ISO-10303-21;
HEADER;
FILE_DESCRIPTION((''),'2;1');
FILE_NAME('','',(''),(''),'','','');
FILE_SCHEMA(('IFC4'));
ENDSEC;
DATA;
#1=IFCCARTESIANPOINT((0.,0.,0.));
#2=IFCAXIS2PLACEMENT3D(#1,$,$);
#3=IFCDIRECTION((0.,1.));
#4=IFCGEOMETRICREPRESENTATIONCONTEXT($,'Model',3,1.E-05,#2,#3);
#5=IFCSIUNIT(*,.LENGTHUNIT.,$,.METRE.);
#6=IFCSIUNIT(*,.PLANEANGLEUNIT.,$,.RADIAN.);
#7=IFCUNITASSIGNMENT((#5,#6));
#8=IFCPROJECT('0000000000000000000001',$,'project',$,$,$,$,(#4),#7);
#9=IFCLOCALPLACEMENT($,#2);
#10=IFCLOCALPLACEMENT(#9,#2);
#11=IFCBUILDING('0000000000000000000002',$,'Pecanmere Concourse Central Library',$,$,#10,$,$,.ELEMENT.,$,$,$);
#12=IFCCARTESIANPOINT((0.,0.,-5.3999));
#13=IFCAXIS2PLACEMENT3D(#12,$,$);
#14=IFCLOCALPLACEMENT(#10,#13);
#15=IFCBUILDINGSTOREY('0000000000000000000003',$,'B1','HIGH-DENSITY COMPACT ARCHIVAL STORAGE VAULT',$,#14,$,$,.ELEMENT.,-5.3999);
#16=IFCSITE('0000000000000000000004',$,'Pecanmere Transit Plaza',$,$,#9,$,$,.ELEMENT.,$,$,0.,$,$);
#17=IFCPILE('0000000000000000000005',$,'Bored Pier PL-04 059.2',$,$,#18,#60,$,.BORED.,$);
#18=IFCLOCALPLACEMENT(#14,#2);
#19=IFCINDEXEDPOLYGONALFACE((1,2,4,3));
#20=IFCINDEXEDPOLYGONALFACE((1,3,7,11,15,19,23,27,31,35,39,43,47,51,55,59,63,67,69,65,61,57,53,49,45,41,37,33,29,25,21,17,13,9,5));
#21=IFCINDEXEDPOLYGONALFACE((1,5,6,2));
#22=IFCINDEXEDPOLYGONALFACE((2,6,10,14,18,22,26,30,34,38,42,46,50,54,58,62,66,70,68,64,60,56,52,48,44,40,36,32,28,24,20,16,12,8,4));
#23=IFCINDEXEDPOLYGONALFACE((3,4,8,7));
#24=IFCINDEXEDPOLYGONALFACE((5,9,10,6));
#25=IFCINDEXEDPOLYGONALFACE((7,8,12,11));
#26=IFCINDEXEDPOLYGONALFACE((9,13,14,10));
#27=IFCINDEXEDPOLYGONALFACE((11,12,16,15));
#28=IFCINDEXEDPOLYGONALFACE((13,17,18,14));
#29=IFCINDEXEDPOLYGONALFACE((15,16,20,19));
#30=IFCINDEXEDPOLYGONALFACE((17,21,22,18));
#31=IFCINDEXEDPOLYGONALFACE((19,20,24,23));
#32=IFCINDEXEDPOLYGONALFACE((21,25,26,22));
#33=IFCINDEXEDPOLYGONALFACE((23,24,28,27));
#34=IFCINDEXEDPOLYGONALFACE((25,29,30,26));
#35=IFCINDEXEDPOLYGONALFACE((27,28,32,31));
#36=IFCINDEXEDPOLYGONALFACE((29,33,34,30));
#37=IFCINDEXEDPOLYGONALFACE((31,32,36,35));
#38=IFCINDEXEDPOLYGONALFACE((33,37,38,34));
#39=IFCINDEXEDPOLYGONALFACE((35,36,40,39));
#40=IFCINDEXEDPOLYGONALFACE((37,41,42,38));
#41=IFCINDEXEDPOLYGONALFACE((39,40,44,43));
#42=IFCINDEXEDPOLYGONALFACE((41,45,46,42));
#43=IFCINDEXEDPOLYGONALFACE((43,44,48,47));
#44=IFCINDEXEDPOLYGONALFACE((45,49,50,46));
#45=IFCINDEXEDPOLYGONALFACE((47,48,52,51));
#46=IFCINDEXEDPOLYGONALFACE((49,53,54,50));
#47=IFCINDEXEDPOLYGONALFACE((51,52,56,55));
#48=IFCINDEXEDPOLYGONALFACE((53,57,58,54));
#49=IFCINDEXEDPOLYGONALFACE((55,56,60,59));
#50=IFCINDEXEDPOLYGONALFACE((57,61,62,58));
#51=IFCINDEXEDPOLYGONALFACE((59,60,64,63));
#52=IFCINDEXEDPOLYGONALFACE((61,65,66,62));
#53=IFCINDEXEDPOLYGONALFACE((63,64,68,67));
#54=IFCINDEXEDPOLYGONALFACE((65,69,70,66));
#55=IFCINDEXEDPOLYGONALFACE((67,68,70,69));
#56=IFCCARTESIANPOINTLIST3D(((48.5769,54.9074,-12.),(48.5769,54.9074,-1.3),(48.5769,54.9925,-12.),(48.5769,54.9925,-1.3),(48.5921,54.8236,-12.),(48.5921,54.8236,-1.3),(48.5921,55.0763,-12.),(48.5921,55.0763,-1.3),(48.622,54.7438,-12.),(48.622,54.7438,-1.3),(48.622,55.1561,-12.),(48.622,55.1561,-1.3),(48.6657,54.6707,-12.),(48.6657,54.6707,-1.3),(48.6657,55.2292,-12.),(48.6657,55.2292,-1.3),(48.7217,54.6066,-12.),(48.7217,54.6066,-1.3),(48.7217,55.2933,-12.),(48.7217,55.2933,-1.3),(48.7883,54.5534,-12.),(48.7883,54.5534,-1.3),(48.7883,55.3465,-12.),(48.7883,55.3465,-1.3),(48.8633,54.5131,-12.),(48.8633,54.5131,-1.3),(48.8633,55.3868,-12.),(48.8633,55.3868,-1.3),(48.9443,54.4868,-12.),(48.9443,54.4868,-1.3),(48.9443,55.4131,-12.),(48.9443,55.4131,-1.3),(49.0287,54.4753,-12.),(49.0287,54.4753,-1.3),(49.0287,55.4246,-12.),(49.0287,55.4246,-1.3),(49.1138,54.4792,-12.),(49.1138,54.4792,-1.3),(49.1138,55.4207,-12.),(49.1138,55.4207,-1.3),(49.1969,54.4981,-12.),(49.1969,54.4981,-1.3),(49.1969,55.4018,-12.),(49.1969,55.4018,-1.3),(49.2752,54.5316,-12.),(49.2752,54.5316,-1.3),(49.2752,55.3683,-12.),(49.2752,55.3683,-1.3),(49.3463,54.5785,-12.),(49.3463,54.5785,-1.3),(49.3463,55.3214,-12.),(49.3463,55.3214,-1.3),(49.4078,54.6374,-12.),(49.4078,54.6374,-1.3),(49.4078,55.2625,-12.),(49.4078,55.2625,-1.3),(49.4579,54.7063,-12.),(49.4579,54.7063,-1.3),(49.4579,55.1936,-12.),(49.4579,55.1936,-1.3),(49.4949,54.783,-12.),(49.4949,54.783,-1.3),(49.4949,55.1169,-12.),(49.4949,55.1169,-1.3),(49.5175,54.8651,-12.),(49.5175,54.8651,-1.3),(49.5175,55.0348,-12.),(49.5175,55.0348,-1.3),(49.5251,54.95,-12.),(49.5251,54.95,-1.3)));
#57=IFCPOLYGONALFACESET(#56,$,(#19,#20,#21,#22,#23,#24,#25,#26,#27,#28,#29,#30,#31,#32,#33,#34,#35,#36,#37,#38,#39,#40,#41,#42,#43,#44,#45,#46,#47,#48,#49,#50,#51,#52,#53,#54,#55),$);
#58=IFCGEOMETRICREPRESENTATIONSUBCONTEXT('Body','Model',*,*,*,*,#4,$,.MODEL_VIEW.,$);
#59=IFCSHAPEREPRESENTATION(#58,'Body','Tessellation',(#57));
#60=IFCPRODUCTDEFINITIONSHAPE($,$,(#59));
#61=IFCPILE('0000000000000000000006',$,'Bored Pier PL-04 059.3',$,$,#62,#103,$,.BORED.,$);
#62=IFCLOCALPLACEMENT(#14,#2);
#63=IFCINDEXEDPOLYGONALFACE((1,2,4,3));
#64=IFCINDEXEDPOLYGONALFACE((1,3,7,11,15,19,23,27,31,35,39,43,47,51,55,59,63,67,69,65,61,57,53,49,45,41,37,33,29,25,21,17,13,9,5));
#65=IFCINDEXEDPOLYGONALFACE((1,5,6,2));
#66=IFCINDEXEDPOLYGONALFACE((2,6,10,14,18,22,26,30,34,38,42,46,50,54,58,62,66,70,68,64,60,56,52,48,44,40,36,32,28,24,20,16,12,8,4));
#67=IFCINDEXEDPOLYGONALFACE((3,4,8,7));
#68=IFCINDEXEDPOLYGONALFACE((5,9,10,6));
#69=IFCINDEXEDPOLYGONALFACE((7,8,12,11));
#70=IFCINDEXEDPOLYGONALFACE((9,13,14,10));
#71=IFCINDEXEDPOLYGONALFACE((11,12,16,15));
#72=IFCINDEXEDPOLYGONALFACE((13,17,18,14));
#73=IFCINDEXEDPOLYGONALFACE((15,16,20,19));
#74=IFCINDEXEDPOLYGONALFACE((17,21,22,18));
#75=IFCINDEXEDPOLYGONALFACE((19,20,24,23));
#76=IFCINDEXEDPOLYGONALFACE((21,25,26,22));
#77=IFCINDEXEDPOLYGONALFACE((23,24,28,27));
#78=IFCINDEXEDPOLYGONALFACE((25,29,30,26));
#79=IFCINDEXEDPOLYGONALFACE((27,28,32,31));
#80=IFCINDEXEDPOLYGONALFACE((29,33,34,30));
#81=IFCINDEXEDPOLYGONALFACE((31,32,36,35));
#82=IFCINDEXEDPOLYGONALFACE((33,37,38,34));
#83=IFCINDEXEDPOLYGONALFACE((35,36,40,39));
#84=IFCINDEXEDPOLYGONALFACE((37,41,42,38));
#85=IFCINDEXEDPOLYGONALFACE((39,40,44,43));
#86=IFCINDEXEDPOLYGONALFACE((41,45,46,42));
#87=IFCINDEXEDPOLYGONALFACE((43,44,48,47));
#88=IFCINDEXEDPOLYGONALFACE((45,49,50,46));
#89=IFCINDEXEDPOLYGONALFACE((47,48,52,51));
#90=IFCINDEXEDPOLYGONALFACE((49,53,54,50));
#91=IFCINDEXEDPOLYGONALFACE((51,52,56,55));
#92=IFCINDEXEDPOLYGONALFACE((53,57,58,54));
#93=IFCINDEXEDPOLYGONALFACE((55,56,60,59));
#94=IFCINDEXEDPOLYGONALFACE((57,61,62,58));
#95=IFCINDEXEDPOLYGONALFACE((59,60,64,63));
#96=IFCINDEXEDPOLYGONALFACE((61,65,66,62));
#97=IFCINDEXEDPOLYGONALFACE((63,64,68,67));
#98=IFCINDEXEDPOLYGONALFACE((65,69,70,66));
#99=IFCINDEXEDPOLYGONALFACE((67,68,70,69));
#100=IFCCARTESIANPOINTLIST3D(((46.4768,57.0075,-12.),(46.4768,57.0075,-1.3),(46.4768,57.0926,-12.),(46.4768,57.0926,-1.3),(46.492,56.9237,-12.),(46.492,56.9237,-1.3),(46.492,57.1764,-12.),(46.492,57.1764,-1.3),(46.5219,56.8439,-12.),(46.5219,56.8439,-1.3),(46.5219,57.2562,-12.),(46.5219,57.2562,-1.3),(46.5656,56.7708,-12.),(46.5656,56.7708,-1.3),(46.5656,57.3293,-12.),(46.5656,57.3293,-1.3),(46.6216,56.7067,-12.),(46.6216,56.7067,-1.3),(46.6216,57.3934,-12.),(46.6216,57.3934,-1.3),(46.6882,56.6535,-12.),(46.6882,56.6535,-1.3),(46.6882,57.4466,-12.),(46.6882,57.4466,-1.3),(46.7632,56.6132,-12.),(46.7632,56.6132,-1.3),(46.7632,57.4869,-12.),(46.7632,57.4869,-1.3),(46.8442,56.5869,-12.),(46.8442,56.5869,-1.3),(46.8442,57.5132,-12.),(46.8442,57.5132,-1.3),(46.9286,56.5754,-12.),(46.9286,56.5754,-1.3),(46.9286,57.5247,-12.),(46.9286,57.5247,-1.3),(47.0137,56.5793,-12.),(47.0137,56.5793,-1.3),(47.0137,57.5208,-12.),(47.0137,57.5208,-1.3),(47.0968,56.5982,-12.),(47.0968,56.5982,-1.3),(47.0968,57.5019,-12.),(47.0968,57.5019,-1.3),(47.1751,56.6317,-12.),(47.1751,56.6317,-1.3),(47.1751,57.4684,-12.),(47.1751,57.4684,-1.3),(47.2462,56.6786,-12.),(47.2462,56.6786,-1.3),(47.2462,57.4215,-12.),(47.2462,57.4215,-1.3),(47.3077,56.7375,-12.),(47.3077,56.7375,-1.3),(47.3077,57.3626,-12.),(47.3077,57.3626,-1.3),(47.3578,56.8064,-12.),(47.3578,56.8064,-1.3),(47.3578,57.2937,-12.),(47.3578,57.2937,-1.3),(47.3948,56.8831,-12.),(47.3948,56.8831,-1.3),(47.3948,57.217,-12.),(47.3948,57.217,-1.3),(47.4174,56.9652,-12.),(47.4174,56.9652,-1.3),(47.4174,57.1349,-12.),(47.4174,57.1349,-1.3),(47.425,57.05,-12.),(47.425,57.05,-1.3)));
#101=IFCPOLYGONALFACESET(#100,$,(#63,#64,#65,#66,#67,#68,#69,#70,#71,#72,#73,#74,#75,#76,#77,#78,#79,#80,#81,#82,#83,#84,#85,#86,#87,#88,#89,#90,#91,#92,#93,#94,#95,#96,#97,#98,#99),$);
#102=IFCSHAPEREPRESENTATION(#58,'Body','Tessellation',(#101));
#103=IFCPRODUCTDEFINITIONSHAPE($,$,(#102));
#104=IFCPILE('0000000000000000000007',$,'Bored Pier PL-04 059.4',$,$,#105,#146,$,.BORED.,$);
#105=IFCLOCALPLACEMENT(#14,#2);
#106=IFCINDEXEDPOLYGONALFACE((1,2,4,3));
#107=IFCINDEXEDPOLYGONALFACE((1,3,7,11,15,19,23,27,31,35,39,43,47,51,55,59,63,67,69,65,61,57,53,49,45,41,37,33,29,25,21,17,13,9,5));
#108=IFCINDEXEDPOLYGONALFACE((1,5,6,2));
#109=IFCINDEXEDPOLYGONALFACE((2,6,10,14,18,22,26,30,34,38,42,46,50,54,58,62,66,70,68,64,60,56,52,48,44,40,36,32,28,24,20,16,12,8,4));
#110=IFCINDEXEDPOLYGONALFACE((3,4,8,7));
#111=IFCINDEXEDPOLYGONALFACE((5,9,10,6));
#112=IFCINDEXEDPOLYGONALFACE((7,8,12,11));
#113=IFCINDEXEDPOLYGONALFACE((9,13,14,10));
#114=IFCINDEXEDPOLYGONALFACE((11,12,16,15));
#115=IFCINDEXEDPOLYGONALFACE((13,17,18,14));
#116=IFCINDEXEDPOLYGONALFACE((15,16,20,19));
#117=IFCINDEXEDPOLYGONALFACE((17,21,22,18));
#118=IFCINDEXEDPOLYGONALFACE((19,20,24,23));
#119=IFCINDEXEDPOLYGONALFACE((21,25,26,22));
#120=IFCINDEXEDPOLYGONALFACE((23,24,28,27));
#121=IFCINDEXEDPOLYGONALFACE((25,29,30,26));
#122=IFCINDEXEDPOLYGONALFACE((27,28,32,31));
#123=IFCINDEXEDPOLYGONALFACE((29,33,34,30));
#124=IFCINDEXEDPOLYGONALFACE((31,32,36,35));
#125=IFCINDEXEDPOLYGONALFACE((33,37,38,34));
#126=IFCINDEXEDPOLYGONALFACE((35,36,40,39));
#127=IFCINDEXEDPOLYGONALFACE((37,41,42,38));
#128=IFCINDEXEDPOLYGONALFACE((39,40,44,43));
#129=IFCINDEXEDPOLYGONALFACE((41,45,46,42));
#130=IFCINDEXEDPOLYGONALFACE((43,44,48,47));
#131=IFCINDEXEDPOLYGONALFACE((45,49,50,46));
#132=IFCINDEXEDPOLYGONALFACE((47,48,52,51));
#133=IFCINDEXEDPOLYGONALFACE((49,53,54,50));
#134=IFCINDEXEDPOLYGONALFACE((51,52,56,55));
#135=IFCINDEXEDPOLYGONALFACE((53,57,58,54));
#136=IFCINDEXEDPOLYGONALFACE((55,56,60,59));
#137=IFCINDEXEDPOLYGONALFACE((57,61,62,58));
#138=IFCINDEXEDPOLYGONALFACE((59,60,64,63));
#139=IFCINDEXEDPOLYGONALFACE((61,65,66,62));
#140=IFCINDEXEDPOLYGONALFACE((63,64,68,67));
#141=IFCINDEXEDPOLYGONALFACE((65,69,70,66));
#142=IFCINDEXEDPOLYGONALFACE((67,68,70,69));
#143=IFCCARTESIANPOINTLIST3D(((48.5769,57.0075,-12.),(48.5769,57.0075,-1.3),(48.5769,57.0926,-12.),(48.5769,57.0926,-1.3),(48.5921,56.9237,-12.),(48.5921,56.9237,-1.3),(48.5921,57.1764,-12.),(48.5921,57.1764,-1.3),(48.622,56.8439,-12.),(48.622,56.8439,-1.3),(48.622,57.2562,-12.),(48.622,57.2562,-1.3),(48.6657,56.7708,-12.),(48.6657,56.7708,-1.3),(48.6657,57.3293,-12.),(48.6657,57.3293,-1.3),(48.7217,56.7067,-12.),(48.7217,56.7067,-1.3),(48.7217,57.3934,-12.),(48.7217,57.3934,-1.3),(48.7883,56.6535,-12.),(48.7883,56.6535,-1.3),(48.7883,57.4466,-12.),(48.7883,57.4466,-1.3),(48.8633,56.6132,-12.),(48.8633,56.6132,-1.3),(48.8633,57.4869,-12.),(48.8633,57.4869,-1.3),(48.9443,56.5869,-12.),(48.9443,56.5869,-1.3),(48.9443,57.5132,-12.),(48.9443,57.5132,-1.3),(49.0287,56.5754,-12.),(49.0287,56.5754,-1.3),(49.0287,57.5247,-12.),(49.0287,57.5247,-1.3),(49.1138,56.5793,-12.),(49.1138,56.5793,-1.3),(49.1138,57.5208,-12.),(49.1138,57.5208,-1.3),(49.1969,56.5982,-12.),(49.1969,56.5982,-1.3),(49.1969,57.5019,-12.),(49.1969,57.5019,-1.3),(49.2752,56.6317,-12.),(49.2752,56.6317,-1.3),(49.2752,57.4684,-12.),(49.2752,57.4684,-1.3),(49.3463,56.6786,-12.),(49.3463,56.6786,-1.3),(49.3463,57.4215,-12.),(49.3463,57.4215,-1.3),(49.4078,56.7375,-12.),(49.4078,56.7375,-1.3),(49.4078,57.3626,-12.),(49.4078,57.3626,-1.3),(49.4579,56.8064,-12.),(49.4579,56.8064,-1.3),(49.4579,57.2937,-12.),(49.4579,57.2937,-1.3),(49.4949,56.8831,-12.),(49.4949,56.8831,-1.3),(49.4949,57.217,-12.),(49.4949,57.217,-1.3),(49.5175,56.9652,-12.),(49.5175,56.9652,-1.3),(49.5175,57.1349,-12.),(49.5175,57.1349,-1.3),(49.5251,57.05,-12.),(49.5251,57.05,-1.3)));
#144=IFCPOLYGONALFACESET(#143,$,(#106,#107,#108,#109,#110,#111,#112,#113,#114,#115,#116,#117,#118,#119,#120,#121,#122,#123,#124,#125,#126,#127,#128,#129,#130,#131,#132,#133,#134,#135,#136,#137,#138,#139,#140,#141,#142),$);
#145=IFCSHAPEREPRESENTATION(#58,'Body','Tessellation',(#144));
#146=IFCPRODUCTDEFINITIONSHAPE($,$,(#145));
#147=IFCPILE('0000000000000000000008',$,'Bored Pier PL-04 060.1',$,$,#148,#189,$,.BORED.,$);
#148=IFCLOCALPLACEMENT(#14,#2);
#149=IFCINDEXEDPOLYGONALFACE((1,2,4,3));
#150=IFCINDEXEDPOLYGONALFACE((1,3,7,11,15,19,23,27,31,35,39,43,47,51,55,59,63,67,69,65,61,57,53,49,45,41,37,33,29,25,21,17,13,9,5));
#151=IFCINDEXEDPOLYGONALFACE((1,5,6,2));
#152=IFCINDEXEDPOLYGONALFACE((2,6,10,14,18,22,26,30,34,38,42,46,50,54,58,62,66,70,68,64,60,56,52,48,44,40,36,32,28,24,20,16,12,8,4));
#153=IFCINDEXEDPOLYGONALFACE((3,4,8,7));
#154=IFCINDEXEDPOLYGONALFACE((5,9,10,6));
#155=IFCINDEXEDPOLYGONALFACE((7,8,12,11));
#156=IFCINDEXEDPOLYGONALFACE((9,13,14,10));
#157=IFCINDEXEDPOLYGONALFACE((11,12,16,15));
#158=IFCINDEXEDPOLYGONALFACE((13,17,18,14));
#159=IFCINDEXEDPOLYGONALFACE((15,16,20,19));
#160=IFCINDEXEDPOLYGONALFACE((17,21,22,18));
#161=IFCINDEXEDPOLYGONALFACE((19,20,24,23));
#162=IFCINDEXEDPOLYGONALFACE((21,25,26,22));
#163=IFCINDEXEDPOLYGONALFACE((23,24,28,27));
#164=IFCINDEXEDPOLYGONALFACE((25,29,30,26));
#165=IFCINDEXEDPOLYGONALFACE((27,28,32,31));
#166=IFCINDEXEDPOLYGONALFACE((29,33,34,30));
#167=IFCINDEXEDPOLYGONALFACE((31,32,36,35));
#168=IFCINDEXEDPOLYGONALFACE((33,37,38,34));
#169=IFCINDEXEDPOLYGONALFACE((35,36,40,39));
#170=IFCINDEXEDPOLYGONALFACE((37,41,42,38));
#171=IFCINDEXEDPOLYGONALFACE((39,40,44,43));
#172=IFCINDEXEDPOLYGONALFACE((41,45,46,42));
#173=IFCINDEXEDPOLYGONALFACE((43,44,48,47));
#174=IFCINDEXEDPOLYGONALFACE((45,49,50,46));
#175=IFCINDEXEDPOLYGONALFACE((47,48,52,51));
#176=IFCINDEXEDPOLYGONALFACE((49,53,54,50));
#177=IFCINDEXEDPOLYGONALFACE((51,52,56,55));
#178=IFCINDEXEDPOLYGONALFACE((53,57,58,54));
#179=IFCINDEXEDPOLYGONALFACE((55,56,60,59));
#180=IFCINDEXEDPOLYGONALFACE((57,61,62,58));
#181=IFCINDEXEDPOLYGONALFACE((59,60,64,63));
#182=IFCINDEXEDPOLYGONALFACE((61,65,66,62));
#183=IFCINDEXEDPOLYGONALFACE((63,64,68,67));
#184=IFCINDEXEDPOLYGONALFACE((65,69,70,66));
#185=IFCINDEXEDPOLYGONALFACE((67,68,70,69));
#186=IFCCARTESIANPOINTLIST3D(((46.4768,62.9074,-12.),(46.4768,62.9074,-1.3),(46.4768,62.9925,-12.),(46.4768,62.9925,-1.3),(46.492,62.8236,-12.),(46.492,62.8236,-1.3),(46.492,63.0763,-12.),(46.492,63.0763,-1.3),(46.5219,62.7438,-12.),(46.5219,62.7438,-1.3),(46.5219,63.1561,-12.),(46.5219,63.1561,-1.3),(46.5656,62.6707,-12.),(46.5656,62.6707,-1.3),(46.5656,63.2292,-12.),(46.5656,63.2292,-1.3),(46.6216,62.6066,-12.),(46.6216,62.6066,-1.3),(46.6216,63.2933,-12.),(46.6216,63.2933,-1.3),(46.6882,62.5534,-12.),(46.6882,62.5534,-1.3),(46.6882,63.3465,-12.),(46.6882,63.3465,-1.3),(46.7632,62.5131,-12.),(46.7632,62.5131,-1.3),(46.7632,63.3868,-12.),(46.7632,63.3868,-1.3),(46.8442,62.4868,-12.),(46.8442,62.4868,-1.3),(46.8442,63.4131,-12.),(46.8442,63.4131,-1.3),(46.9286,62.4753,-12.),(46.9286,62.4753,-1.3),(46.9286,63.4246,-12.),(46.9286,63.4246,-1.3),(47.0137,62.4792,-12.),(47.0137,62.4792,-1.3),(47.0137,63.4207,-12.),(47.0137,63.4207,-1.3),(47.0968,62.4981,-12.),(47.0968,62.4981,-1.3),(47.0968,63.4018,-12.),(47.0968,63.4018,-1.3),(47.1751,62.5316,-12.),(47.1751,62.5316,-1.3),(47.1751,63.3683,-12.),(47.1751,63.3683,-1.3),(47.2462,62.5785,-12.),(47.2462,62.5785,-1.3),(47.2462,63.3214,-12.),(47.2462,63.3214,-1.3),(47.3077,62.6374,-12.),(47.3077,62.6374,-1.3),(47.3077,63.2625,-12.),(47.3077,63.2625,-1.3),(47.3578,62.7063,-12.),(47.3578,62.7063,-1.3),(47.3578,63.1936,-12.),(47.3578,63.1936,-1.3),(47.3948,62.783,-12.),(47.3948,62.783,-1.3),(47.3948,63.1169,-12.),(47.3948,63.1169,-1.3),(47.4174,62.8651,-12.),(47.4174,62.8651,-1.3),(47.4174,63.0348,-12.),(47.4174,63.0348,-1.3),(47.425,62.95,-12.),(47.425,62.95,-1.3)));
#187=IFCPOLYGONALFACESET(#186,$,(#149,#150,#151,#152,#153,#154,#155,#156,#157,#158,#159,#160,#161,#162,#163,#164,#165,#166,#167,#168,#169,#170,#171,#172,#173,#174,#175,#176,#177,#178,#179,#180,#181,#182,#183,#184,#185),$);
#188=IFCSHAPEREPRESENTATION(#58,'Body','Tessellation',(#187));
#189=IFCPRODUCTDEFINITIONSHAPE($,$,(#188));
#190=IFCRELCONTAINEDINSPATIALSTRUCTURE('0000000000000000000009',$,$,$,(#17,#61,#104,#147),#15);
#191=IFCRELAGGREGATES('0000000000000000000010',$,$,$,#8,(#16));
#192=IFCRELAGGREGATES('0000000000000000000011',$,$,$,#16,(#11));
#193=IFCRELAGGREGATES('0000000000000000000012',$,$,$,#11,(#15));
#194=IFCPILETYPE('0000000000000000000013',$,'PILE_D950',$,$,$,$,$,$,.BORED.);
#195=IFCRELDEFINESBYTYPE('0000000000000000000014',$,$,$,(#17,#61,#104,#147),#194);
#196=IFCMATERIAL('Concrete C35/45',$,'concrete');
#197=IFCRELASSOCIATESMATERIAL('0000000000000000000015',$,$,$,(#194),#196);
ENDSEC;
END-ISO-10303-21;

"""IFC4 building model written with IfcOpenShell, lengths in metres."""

from ifc_helpers import new_model, si_unit, direction, frame, origin, origin_2d, place, context, subcontext, project, spatial, circle, extrude, material, material_profile, profile_set, type_object, element, save


model = new_model("IFC4")

# Units and contexts
model_context = context("Model", 3, precision=1e-05, world=origin(), true_north=direction((0.0, 1.0)))
body_context = subcontext(model_context, "Body", "Model", "MODEL_VIEW")
ifc_project = project(units=[si_unit("LENGTHUNIT", "METRE"), si_unit("PLANEANGLEUNIT", "RADIAN")], contexts=[model_context])

# Site, building, storey
site_placement = place(None, origin())
site = spatial("IfcSite", under=ifc_project, at=site_placement, Name="Pecanmere Transit Plaza", CompositionType="ELEMENT", RefElevation=0.0)
building_placement = place(site_placement, origin())
building = spatial("IfcBuilding", under=site, at=building_placement, Name="Pecanmere Concourse Central Library", CompositionType="ELEMENT")
storey_placement = place(building_placement, frame((0.0, 0.0, -5.3999)))
storey = spatial("IfcBuildingStorey", under=building, at=storey_placement, Name="B1", Description="HIGH-DENSITY COMPACT ARCHIVAL STORAGE VAULT", CompositionType="ELEMENT", Elevation=-5.3999)

# Piles
ifc_material_1 = material(Name="Concrete C35/45", Category="concrete")
ifc_material_profile_1 = material_profile(ifc_material_1, circle(Radius=0.4751, at=origin_2d()), Name="PIER D950")
ifc_profile_set_1 = profile_set([ifc_material_profile_1], Name="Concrete C35/45")
pile_type = type_object("IfcPileType", Name="PILE_D950", PredefinedType="BORED", material=ifc_profile_set_1)
for number, where, z_axis, x_axis, name in (
    (1, (49.05, 54.95, -1.3), (0.0, 0.0, -1.0), (1.0, 0.0, 0.0), "Bored Pier PL-04 059.2"),
    (2, (46.95, 57.05, -1.3), (0.0, 0.0, -1.0), (1.0, 0.0, 0.0), "Bored Pier PL-04 059.3"),
    (3, (49.05, 57.05, -1.3), (0.0, 0.0, -1.0), (1.0, 0.0, 0.0), "Bored Pier PL-04 059.4"),
    (4, (46.95, 62.95, -1.3), (0.0, 0.0, -1.0), (1.0, 0.0, 0.0), "Bored Pier PL-04 060.1"),
):
    element("IfcPile", number, at=place(storey_placement, frame(where, z_axis=z_axis, x_axis=x_axis)), inside=storey, type_object=pile_type, Name=name, PredefinedType="BORED", context=body_context, shape_type="SweptSolid", body=[
        extrude(circle(Radius=0.4751, at=origin_2d()), origin(), (0.0, 0.0, 1.0), 10.7),
    ])

save(model, "model.ifc")
